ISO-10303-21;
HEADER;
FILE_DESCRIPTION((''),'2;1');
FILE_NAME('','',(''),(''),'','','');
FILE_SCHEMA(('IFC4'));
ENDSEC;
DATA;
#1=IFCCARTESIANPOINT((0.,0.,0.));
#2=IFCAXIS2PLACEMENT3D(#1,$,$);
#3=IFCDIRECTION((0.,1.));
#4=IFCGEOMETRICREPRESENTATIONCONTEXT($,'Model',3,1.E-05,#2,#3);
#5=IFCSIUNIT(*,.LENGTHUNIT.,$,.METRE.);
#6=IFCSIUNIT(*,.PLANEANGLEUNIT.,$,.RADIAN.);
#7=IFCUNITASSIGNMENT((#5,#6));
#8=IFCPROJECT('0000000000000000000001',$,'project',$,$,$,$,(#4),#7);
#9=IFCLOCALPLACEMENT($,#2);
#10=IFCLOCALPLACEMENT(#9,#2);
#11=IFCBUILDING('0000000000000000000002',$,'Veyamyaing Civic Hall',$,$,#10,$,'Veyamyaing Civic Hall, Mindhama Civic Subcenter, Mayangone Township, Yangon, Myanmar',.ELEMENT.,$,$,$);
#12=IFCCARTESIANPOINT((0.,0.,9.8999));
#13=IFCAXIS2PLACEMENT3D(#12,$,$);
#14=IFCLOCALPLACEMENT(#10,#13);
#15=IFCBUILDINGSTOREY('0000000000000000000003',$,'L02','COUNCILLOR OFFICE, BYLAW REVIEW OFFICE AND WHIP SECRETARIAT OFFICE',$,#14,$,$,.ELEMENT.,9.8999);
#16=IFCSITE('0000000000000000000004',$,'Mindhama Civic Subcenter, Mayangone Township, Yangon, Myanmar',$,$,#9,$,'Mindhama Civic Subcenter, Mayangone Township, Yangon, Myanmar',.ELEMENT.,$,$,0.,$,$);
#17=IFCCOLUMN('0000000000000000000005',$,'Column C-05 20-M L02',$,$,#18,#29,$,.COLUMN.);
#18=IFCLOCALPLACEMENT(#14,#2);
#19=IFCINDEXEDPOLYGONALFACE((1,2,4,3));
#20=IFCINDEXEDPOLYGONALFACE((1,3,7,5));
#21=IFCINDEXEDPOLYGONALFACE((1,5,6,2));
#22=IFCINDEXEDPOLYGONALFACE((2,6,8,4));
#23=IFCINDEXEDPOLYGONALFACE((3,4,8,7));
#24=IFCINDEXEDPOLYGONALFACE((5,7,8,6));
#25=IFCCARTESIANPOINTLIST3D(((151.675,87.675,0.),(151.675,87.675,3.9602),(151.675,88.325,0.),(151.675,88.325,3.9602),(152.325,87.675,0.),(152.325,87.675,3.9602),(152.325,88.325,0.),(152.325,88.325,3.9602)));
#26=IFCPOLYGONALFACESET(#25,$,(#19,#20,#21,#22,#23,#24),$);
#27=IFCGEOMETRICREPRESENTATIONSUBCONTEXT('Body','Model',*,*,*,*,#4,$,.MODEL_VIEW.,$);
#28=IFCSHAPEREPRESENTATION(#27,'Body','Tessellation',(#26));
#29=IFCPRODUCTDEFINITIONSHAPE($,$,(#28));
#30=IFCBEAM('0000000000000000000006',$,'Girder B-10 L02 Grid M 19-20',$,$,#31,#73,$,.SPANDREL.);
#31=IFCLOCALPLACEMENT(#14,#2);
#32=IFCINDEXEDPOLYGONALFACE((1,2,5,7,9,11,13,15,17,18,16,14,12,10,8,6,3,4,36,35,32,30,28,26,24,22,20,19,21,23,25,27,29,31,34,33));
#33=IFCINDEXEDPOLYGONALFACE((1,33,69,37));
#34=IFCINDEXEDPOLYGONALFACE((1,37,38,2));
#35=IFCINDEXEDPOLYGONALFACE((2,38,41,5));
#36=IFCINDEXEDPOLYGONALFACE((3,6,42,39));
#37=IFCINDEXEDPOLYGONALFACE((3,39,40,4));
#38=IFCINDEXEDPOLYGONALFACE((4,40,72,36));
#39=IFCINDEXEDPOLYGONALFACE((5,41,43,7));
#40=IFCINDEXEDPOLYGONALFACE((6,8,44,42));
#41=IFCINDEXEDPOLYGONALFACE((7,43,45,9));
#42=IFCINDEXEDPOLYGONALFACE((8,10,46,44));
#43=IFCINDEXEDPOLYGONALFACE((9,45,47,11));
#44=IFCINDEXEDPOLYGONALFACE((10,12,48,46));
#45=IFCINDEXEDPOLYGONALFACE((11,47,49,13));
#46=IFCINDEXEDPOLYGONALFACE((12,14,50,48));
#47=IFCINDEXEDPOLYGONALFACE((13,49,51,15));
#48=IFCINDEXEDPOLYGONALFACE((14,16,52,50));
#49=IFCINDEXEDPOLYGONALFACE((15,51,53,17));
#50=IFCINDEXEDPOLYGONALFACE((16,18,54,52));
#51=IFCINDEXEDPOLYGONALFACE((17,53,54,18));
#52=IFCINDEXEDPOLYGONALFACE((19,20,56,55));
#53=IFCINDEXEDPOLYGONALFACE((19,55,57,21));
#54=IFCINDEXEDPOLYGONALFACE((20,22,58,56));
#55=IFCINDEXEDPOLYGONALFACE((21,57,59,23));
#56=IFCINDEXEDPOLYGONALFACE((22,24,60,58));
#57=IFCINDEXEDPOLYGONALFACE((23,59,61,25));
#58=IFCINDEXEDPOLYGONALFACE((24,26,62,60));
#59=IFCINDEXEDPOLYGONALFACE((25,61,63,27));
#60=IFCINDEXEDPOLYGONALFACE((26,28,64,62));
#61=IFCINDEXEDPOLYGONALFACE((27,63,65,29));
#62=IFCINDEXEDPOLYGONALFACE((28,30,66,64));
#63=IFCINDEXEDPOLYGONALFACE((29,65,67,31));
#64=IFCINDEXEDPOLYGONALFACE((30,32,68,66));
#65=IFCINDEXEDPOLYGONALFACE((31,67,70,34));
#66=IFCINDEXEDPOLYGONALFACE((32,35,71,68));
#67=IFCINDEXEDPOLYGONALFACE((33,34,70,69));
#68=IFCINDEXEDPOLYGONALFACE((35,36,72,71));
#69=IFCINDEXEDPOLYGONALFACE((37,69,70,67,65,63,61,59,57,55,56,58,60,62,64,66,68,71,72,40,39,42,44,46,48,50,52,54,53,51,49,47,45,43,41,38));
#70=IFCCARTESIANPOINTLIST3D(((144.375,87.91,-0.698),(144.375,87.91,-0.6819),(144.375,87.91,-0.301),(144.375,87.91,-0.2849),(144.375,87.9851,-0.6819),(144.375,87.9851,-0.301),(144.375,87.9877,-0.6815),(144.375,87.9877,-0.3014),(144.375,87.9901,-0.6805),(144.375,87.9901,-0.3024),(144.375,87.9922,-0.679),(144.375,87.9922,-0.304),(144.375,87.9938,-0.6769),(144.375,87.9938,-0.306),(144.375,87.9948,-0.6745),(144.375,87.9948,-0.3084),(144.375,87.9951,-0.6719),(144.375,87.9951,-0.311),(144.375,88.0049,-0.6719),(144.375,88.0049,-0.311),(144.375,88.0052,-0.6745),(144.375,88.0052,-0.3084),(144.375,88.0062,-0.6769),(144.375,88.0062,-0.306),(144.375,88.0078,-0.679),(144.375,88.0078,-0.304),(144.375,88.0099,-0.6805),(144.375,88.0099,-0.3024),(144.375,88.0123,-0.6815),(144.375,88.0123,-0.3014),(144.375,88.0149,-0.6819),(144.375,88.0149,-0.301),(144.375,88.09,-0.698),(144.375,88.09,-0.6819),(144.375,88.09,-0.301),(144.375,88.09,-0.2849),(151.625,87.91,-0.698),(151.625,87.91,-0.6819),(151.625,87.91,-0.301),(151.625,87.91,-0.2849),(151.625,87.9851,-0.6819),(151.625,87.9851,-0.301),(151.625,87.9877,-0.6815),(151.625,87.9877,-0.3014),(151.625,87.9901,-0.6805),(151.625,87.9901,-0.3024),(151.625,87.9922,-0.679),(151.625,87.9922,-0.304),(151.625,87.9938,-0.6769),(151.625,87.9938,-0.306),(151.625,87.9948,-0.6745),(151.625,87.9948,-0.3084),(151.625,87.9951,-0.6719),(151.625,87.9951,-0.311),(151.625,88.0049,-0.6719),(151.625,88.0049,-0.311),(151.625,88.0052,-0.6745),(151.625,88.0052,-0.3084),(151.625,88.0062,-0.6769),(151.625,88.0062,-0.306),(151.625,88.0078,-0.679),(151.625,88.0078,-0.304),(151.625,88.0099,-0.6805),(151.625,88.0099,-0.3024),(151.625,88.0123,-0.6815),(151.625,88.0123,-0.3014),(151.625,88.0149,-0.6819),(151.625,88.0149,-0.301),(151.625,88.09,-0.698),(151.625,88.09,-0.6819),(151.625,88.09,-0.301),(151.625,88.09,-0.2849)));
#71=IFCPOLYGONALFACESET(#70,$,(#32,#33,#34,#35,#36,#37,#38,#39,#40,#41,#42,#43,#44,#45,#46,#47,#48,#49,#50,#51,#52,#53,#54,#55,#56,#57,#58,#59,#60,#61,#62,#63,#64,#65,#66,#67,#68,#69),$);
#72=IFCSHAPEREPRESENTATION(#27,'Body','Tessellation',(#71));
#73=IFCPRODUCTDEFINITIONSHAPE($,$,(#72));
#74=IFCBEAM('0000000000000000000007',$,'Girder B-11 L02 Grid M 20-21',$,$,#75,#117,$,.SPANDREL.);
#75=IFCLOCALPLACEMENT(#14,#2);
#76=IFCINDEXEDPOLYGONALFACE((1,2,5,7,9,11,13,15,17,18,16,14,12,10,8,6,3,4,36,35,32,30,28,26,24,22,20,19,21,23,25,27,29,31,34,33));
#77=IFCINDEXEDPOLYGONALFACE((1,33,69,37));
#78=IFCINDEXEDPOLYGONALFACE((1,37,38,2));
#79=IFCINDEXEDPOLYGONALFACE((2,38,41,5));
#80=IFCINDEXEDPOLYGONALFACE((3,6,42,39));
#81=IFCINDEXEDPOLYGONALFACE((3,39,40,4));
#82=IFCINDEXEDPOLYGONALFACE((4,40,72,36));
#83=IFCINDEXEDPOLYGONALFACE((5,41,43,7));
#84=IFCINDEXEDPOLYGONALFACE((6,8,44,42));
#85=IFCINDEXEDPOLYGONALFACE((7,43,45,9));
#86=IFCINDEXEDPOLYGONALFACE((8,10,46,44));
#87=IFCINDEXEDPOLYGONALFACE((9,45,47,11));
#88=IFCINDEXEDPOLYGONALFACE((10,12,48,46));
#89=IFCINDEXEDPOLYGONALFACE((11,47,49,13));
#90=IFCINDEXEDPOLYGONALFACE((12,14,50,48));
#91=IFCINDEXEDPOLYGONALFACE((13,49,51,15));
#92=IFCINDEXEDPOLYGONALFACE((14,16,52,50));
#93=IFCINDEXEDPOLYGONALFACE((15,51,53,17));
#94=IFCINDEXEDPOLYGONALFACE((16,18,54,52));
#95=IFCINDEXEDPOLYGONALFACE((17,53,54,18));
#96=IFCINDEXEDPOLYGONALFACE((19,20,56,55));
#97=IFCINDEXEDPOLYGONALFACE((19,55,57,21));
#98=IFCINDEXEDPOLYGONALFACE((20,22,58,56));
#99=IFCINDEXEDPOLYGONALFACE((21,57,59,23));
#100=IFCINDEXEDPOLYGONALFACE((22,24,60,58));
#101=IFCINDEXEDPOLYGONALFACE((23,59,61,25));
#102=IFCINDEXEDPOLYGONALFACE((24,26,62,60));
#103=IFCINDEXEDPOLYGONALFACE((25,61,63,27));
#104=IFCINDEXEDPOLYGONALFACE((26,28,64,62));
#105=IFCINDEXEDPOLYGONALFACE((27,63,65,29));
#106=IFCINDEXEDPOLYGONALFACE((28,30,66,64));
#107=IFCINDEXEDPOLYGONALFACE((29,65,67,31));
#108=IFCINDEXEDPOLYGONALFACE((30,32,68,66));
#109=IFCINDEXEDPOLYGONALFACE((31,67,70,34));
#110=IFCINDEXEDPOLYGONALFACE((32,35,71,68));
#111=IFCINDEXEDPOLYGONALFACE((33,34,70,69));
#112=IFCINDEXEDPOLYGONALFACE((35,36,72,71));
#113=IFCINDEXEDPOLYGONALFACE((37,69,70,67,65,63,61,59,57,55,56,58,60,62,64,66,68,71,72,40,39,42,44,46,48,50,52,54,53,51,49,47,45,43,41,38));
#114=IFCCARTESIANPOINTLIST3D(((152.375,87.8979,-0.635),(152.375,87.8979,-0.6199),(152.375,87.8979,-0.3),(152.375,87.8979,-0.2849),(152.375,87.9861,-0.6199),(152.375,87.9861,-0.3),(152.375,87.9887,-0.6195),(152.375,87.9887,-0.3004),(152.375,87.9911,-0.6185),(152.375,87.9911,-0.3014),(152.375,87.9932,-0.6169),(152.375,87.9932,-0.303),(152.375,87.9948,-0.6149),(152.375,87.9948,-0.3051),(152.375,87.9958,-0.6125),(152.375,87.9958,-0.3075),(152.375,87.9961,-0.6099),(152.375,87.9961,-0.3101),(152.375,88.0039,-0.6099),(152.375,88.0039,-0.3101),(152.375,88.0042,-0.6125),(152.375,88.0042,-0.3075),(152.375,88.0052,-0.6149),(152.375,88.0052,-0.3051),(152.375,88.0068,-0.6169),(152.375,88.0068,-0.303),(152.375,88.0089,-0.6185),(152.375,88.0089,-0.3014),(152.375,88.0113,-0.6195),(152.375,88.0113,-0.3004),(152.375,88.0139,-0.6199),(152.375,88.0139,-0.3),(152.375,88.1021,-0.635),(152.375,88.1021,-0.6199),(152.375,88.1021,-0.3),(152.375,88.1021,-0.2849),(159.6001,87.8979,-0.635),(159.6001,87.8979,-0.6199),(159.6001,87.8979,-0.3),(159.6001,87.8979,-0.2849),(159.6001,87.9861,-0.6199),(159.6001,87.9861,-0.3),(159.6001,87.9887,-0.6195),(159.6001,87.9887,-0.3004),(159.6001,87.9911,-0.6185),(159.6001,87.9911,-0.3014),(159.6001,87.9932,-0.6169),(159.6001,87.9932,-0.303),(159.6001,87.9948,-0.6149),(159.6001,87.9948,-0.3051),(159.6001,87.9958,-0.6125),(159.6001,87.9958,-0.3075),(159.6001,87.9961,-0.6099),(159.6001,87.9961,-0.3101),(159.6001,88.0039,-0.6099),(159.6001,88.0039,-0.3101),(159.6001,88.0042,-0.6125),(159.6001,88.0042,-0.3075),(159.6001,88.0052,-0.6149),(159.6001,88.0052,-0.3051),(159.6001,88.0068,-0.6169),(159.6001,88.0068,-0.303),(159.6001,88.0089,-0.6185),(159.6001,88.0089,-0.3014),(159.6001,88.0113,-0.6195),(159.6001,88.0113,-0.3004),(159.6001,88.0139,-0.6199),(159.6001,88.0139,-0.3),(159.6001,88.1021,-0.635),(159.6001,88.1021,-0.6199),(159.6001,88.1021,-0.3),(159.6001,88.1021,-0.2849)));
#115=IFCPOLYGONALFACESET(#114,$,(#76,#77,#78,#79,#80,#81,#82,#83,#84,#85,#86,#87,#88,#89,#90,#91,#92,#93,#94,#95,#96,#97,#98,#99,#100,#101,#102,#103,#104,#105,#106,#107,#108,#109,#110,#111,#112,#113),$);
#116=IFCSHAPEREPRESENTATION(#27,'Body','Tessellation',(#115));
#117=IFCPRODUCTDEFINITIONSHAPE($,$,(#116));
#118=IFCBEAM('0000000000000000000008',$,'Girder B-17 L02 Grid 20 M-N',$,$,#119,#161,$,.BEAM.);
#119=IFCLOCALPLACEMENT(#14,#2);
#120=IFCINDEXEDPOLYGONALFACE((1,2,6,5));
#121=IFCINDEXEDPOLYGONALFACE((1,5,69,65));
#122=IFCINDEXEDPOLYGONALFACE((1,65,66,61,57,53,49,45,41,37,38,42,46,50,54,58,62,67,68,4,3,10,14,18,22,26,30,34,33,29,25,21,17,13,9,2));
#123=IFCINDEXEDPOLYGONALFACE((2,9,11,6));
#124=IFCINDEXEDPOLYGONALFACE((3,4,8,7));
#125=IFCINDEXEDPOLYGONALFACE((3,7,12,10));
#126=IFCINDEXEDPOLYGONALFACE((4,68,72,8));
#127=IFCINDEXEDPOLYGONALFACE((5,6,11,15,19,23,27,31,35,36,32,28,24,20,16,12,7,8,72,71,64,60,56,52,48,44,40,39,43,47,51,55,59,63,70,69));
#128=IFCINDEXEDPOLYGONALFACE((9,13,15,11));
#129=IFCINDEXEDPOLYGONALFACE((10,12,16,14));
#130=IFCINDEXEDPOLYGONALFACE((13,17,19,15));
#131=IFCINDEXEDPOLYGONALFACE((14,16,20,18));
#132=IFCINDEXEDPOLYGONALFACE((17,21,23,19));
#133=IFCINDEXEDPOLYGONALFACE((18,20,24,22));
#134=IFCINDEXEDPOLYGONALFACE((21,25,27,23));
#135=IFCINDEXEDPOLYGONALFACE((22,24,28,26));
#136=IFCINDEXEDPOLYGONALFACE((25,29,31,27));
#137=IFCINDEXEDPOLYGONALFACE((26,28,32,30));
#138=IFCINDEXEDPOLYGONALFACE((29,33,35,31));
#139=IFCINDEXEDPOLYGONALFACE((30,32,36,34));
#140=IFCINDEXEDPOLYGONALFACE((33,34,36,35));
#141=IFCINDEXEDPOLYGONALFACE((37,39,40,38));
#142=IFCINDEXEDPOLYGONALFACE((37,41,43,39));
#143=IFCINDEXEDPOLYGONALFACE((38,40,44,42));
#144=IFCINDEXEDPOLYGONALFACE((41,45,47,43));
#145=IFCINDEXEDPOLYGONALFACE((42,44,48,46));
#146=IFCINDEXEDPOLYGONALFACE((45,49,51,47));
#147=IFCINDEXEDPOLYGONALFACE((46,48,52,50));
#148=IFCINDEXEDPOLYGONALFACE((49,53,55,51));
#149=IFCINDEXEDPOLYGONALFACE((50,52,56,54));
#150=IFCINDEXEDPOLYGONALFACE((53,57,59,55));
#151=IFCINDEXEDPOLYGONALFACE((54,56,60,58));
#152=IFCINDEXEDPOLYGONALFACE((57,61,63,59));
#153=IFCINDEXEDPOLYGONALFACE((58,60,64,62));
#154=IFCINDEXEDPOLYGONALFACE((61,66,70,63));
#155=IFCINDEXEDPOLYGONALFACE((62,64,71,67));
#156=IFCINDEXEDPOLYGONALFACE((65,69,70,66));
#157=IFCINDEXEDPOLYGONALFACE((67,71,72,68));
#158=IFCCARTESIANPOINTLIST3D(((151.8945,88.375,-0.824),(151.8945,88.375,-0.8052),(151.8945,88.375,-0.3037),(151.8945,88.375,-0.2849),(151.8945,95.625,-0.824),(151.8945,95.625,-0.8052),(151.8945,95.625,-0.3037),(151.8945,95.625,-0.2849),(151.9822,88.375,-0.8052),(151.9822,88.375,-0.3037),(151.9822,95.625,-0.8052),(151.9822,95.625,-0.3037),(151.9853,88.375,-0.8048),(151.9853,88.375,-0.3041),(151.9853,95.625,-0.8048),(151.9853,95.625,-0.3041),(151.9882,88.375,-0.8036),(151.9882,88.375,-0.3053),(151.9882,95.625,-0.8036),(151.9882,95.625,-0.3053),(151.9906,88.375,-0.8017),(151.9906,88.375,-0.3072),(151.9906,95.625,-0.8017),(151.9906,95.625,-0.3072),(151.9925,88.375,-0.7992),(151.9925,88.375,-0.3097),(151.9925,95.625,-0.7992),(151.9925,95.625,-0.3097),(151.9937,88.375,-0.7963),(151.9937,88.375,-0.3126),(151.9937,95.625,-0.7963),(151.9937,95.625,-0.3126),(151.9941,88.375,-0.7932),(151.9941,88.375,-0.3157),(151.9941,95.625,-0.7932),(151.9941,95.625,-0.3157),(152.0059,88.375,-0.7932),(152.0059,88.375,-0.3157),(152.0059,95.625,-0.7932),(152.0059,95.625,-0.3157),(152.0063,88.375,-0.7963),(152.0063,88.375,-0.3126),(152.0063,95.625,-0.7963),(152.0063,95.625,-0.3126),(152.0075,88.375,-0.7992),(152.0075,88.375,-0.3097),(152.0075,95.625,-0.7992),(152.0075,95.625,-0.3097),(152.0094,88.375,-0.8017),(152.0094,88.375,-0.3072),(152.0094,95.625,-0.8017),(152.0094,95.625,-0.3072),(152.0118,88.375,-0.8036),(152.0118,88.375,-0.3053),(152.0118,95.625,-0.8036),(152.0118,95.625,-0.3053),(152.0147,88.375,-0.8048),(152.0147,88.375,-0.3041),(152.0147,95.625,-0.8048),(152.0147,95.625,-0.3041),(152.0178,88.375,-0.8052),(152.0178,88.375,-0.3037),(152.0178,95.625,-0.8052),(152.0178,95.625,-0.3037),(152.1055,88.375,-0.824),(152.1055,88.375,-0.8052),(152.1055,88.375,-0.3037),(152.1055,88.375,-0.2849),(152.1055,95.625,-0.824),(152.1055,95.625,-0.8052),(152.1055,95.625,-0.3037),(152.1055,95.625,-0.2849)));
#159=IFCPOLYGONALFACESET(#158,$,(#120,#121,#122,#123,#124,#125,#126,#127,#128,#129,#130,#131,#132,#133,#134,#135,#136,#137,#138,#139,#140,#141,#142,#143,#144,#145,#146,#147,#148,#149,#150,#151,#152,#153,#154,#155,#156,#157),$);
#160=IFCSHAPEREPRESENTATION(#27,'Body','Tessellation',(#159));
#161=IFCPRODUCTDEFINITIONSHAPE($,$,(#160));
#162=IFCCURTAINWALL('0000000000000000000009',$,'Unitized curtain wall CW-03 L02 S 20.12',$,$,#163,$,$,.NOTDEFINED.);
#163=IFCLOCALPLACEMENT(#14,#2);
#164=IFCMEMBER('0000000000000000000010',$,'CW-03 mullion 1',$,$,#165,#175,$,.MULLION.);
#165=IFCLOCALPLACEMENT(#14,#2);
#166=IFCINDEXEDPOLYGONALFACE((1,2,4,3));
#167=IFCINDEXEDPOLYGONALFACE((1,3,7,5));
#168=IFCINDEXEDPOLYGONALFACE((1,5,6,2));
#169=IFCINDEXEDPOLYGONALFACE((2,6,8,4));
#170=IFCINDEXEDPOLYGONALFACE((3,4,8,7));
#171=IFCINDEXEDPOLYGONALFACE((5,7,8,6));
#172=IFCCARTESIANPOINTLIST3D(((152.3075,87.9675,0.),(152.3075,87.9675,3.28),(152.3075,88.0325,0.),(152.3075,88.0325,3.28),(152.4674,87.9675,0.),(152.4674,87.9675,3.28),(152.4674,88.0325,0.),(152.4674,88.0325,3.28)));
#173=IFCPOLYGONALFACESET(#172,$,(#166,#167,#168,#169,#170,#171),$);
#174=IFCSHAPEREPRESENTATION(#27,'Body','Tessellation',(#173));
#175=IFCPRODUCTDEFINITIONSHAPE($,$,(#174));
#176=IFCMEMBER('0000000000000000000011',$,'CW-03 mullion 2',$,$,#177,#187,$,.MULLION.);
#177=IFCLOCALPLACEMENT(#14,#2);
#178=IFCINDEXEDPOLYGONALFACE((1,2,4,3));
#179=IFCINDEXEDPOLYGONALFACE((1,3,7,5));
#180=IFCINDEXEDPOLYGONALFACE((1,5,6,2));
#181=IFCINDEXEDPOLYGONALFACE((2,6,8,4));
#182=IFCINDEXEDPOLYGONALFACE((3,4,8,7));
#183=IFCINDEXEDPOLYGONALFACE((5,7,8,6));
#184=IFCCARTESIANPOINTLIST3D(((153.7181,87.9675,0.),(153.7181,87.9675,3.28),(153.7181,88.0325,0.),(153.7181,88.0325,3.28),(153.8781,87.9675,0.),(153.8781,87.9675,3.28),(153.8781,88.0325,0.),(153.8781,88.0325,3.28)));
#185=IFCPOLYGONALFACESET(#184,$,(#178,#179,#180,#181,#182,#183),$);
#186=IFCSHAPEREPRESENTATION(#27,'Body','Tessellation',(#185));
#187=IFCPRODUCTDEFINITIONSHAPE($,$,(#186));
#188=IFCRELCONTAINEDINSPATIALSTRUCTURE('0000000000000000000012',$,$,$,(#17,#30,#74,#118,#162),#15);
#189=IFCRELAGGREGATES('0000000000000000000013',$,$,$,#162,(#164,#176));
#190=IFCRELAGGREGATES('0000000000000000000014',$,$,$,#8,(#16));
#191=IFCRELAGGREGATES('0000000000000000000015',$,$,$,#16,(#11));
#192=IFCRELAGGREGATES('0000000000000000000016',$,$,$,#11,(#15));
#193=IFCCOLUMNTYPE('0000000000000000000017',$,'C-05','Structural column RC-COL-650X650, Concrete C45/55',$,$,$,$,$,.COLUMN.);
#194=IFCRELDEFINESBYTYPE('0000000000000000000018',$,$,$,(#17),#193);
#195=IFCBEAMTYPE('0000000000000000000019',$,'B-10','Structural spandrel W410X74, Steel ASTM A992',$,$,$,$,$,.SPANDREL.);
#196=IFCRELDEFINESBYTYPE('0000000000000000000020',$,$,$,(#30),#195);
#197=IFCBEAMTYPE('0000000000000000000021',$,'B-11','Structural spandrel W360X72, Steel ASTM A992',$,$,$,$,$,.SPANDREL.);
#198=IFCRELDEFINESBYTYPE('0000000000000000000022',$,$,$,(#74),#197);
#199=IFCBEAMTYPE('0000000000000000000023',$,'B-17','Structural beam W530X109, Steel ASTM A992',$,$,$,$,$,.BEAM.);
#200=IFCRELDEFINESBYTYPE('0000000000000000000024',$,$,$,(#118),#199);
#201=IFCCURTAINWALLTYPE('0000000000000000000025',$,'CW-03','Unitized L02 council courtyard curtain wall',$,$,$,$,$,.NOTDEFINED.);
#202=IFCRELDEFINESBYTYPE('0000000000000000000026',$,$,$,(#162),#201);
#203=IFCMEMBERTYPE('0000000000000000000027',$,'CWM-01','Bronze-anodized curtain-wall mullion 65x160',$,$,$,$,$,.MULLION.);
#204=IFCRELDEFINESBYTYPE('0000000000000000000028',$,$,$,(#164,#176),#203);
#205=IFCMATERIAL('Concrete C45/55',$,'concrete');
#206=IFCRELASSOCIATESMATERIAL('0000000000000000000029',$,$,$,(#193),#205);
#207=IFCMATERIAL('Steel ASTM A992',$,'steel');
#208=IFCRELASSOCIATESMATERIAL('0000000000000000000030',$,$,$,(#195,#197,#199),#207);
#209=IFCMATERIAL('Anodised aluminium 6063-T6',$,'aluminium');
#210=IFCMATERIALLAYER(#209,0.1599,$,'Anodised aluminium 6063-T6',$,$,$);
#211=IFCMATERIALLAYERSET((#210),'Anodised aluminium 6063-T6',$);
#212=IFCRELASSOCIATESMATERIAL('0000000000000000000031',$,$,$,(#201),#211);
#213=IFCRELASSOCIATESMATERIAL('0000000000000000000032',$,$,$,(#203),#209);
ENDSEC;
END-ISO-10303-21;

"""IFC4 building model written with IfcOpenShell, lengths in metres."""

from ifc_helpers import new_model, si_unit, direction, frame, origin, origin_2d, place, context, subcontext, project, spatial, rectangle, i_section, extrude, material, layer, layer_set, material_profile, profile_set, type_object, element, aggregate, save


model = new_model("IFC4")

# Units and contexts
model_context = context("Model", 3, precision=1e-05, world=origin(), true_north=direction((0.0, 1.0)))
body_context = subcontext(model_context, "Body", "Model", "MODEL_VIEW")
ifc_project = project(units=[si_unit("LENGTHUNIT", "METRE"), si_unit("PLANEANGLEUNIT", "RADIAN")], contexts=[model_context])

# Site, building, storey
site_placement = place(None, origin())
site = spatial("IfcSite", under=ifc_project, at=site_placement, Name="Mindhama Civic Subcenter, Mayangone Township, Yangon, Myanmar", LongName="Mindhama Civic Subcenter, Mayangone Township, Yangon, Myanmar", CompositionType="ELEMENT", RefElevation=0.0)
building_placement = place(site_placement, origin())
building = spatial("IfcBuilding", under=site, at=building_placement, Name="Veyamyaing Civic Hall", LongName="Veyamyaing Civic Hall, Mindhama Civic Subcenter, Mayangone Township, Yangon, Myanmar", CompositionType="ELEMENT")
storey_placement = place(building_placement, frame((0.0, 0.0, 9.8999)))
storey = spatial("IfcBuildingStorey", under=building, at=storey_placement, Name="L02", Description="COUNCILLOR OFFICE, BYLAW REVIEW OFFICE AND WHIP SECRETARIAT OFFICE", CompositionType="ELEMENT", Elevation=9.8999)

# Column
ifc_material_1 = material(Name="Concrete C45/55", Category="concrete")
ifc_material_profile_1 = material_profile(ifc_material_1, rectangle(XDim=0.6499, YDim=0.6499, at=origin_2d()), Name="RC-COL-650X650")
ifc_profile_set_1 = profile_set([ifc_material_profile_1], Name="Concrete C45/55")
column_type = type_object("IfcColumnType", Name="C-05", Description="Structural column RC-COL-650X650, Concrete C45/55", PredefinedType="COLUMN", material=ifc_profile_set_1)
column_placement = place(storey_placement, frame((152.0, 88.0, 0.0), z_axis=(0.0, 0.0, 1.0), x_axis=(1.0, 0.0, 0.0)))
element("IfcColumn", 1, at=column_placement, inside=storey, type_object=column_type, Name="Column C-05 20-M L02", PredefinedType="COLUMN", context=body_context, shape_type="SweptSolid", body=[
    extrude(rectangle(XDim=0.6499, YDim=0.6499, at=origin_2d()), origin(), (0.0, 0.0, 1.0), 3.9602),
])

# Beams
ifc_material_2 = material(Name="Steel ASTM A992", Category="steel")
ifc_material_profile_2 = material_profile(ifc_material_2, i_section(OverallWidth=0.1799, OverallDepth=0.4131, WebThickness=0.0098, FlangeThickness=0.0161, FilletRadius=0.01, at=origin_2d()), Name="W410X74")
ifc_profile_set_2 = profile_set([ifc_material_profile_2], Name="Steel ASTM A992")
beam_type_1 = type_object("IfcBeamType", Name="B-10", Description="Structural spandrel W410X74, Steel ASTM A992", PredefinedType="SPANDREL", material=ifc_profile_set_2)
beam_1_placement = place(storey_placement, frame((144.375, 88.0, -0.4915), z_axis=(1.0, 0.0, 0.0), x_axis=(0.0, 1.0, 0.0)))
element("IfcBeam", 2, at=beam_1_placement, inside=storey, type_object=beam_type_1, Name="Girder B-10 L02 Grid M 19-20", PredefinedType="SPANDREL", context=body_context, shape_type="SweptSolid", body=[
    extrude(i_section(OverallWidth=0.1799, OverallDepth=0.4131, WebThickness=0.0098, FlangeThickness=0.0161, FilletRadius=0.01, at=origin_2d()), origin(), (0.0, 0.0, 1.0), 7.25),
])
ifc_material_profile_3 = material_profile(ifc_material_2, i_section(OverallWidth=0.2041, OverallDepth=0.3501, WebThickness=0.0078, FlangeThickness=0.0151, FilletRadius=0.01, at=origin_2d()), Name="W360X72")
ifc_profile_set_3 = profile_set([ifc_material_profile_3], Name="Steel ASTM A992")
beam_type_2 = type_object("IfcBeamType", Name="B-11", Description="Structural spandrel W360X72, Steel ASTM A992", PredefinedType="SPANDREL", material=ifc_profile_set_3)
beam_2_placement = place(storey_placement, frame((152.375, 88.0, -0.46), z_axis=(1.0, 0.0, 0.0), x_axis=(0.0, 1.0, 0.0)))
element("IfcBeam", 3, at=beam_2_placement, inside=storey, type_object=beam_type_2, Name="Girder B-11 L02 Grid M 20-21", PredefinedType="SPANDREL", context=body_context, shape_type="SweptSolid", body=[
    extrude(i_section(OverallWidth=0.2041, OverallDepth=0.3501, WebThickness=0.0078, FlangeThickness=0.0151, FilletRadius=0.01, at=origin_2d()), origin(), (0.0, 0.0, 1.0), 7.2251),
])
ifc_material_profile_4 = material_profile(ifc_material_2, i_section(OverallWidth=0.2109, OverallDepth=0.5391, WebThickness=0.0117, FlangeThickness=0.0188, FilletRadius=0.012, at=origin_2d()), Name="W530X109")
ifc_profile_set_4 = profile_set([ifc_material_profile_4], Name="Steel ASTM A992")
beam_type_3 = type_object("IfcBeamType", Name="B-17", Description="Structural beam W530X109, Steel ASTM A992", PredefinedType="BEAM", material=ifc_profile_set_4)
beam_3_placement = place(storey_placement, frame((152.0, 88.375, -0.5544), z_axis=(0.0, 1.0, 0.0), x_axis=(-1.0, 0.0, 0.0)))
element("IfcBeam", 4, at=beam_3_placement, inside=storey, type_object=beam_type_3, Name="Girder B-17 L02 Grid 20 M-N", PredefinedType="BEAM", context=body_context, shape_type="SweptSolid", body=[
    extrude(i_section(OverallWidth=0.2109, OverallDepth=0.5391, WebThickness=0.0117, FlangeThickness=0.0188, FilletRadius=0.012, at=origin_2d()), origin(), (0.0, 0.0, 1.0), 7.25),
])

# Curtain wall, members
ifc_material_3 = material(Name="Anodised aluminium 6063-T6", Category="aluminium")
ifc_layer_1 = layer(ifc_material_3, 0.1599, Name="Anodised aluminium 6063-T6")
ifc_layer_set_1 = layer_set([ifc_layer_1], Name="Anodised aluminium 6063-T6")
curtain_wall_type = type_object("IfcCurtainWallType", Name="CW-03", Description="Unitized L02 council courtyard curtain wall", PredefinedType="NOTDEFINED", material=ifc_layer_set_1)
curtain_wall_placement = place(storey_placement, origin())
curtain_wall = element("IfcCurtainWall", 5, at=curtain_wall_placement, inside=storey, type_object=curtain_wall_type, Name="Unitized curtain wall CW-03 L02 S 20.12", PredefinedType="NOTDEFINED")
ifc_material_profile_5 = material_profile(ifc_material_3, rectangle(XDim=0.0649, YDim=0.1599, at=origin_2d()), Name="ALU-MUL-65X160")
ifc_profile_set_5 = profile_set([ifc_material_profile_5], Name="Anodised aluminium 6063-T6")
member_type_1 = type_object("IfcMemberType", Name="CWM-01", Description="Bronze-anodized curtain-wall mullion 65x160", PredefinedType="MULLION", material=ifc_profile_set_5)
member_1_placement = place(storey_placement, frame((152.3875, 88.0, 0.0), z_axis=(0.0, 0.0, 1.0), x_axis=(0.0, 1.0, 0.0)))
member_1 = element("IfcMember", 6, at=member_1_placement, type_object=member_type_1, Name="CW-03 mullion 1", PredefinedType="MULLION", context=body_context, shape_type="SweptSolid", body=[
    extrude(rectangle(XDim=0.0649, YDim=0.1599, at=origin_2d()), origin(), (0.0, 0.0, 1.0), 3.28),
])
member_2_placement = place(storey_placement, frame((153.7981, 88.0, 0.0), z_axis=(0.0, 0.0, 1.0), x_axis=(0.0, 1.0, 0.0)))
member_2 = element("IfcMember", 7, at=member_2_placement, type_object=member_type_1, Name="CW-03 mullion 2", PredefinedType="MULLION", context=body_context, shape_type="SweptSolid", body=[
    extrude(rectangle(XDim=0.0649, YDim=0.1599, at=origin_2d()), origin(), (0.0, 0.0, 1.0), 3.28),
])

aggregate(curtain_wall, [member_1, member_2])

save(model, "model.ifc")
